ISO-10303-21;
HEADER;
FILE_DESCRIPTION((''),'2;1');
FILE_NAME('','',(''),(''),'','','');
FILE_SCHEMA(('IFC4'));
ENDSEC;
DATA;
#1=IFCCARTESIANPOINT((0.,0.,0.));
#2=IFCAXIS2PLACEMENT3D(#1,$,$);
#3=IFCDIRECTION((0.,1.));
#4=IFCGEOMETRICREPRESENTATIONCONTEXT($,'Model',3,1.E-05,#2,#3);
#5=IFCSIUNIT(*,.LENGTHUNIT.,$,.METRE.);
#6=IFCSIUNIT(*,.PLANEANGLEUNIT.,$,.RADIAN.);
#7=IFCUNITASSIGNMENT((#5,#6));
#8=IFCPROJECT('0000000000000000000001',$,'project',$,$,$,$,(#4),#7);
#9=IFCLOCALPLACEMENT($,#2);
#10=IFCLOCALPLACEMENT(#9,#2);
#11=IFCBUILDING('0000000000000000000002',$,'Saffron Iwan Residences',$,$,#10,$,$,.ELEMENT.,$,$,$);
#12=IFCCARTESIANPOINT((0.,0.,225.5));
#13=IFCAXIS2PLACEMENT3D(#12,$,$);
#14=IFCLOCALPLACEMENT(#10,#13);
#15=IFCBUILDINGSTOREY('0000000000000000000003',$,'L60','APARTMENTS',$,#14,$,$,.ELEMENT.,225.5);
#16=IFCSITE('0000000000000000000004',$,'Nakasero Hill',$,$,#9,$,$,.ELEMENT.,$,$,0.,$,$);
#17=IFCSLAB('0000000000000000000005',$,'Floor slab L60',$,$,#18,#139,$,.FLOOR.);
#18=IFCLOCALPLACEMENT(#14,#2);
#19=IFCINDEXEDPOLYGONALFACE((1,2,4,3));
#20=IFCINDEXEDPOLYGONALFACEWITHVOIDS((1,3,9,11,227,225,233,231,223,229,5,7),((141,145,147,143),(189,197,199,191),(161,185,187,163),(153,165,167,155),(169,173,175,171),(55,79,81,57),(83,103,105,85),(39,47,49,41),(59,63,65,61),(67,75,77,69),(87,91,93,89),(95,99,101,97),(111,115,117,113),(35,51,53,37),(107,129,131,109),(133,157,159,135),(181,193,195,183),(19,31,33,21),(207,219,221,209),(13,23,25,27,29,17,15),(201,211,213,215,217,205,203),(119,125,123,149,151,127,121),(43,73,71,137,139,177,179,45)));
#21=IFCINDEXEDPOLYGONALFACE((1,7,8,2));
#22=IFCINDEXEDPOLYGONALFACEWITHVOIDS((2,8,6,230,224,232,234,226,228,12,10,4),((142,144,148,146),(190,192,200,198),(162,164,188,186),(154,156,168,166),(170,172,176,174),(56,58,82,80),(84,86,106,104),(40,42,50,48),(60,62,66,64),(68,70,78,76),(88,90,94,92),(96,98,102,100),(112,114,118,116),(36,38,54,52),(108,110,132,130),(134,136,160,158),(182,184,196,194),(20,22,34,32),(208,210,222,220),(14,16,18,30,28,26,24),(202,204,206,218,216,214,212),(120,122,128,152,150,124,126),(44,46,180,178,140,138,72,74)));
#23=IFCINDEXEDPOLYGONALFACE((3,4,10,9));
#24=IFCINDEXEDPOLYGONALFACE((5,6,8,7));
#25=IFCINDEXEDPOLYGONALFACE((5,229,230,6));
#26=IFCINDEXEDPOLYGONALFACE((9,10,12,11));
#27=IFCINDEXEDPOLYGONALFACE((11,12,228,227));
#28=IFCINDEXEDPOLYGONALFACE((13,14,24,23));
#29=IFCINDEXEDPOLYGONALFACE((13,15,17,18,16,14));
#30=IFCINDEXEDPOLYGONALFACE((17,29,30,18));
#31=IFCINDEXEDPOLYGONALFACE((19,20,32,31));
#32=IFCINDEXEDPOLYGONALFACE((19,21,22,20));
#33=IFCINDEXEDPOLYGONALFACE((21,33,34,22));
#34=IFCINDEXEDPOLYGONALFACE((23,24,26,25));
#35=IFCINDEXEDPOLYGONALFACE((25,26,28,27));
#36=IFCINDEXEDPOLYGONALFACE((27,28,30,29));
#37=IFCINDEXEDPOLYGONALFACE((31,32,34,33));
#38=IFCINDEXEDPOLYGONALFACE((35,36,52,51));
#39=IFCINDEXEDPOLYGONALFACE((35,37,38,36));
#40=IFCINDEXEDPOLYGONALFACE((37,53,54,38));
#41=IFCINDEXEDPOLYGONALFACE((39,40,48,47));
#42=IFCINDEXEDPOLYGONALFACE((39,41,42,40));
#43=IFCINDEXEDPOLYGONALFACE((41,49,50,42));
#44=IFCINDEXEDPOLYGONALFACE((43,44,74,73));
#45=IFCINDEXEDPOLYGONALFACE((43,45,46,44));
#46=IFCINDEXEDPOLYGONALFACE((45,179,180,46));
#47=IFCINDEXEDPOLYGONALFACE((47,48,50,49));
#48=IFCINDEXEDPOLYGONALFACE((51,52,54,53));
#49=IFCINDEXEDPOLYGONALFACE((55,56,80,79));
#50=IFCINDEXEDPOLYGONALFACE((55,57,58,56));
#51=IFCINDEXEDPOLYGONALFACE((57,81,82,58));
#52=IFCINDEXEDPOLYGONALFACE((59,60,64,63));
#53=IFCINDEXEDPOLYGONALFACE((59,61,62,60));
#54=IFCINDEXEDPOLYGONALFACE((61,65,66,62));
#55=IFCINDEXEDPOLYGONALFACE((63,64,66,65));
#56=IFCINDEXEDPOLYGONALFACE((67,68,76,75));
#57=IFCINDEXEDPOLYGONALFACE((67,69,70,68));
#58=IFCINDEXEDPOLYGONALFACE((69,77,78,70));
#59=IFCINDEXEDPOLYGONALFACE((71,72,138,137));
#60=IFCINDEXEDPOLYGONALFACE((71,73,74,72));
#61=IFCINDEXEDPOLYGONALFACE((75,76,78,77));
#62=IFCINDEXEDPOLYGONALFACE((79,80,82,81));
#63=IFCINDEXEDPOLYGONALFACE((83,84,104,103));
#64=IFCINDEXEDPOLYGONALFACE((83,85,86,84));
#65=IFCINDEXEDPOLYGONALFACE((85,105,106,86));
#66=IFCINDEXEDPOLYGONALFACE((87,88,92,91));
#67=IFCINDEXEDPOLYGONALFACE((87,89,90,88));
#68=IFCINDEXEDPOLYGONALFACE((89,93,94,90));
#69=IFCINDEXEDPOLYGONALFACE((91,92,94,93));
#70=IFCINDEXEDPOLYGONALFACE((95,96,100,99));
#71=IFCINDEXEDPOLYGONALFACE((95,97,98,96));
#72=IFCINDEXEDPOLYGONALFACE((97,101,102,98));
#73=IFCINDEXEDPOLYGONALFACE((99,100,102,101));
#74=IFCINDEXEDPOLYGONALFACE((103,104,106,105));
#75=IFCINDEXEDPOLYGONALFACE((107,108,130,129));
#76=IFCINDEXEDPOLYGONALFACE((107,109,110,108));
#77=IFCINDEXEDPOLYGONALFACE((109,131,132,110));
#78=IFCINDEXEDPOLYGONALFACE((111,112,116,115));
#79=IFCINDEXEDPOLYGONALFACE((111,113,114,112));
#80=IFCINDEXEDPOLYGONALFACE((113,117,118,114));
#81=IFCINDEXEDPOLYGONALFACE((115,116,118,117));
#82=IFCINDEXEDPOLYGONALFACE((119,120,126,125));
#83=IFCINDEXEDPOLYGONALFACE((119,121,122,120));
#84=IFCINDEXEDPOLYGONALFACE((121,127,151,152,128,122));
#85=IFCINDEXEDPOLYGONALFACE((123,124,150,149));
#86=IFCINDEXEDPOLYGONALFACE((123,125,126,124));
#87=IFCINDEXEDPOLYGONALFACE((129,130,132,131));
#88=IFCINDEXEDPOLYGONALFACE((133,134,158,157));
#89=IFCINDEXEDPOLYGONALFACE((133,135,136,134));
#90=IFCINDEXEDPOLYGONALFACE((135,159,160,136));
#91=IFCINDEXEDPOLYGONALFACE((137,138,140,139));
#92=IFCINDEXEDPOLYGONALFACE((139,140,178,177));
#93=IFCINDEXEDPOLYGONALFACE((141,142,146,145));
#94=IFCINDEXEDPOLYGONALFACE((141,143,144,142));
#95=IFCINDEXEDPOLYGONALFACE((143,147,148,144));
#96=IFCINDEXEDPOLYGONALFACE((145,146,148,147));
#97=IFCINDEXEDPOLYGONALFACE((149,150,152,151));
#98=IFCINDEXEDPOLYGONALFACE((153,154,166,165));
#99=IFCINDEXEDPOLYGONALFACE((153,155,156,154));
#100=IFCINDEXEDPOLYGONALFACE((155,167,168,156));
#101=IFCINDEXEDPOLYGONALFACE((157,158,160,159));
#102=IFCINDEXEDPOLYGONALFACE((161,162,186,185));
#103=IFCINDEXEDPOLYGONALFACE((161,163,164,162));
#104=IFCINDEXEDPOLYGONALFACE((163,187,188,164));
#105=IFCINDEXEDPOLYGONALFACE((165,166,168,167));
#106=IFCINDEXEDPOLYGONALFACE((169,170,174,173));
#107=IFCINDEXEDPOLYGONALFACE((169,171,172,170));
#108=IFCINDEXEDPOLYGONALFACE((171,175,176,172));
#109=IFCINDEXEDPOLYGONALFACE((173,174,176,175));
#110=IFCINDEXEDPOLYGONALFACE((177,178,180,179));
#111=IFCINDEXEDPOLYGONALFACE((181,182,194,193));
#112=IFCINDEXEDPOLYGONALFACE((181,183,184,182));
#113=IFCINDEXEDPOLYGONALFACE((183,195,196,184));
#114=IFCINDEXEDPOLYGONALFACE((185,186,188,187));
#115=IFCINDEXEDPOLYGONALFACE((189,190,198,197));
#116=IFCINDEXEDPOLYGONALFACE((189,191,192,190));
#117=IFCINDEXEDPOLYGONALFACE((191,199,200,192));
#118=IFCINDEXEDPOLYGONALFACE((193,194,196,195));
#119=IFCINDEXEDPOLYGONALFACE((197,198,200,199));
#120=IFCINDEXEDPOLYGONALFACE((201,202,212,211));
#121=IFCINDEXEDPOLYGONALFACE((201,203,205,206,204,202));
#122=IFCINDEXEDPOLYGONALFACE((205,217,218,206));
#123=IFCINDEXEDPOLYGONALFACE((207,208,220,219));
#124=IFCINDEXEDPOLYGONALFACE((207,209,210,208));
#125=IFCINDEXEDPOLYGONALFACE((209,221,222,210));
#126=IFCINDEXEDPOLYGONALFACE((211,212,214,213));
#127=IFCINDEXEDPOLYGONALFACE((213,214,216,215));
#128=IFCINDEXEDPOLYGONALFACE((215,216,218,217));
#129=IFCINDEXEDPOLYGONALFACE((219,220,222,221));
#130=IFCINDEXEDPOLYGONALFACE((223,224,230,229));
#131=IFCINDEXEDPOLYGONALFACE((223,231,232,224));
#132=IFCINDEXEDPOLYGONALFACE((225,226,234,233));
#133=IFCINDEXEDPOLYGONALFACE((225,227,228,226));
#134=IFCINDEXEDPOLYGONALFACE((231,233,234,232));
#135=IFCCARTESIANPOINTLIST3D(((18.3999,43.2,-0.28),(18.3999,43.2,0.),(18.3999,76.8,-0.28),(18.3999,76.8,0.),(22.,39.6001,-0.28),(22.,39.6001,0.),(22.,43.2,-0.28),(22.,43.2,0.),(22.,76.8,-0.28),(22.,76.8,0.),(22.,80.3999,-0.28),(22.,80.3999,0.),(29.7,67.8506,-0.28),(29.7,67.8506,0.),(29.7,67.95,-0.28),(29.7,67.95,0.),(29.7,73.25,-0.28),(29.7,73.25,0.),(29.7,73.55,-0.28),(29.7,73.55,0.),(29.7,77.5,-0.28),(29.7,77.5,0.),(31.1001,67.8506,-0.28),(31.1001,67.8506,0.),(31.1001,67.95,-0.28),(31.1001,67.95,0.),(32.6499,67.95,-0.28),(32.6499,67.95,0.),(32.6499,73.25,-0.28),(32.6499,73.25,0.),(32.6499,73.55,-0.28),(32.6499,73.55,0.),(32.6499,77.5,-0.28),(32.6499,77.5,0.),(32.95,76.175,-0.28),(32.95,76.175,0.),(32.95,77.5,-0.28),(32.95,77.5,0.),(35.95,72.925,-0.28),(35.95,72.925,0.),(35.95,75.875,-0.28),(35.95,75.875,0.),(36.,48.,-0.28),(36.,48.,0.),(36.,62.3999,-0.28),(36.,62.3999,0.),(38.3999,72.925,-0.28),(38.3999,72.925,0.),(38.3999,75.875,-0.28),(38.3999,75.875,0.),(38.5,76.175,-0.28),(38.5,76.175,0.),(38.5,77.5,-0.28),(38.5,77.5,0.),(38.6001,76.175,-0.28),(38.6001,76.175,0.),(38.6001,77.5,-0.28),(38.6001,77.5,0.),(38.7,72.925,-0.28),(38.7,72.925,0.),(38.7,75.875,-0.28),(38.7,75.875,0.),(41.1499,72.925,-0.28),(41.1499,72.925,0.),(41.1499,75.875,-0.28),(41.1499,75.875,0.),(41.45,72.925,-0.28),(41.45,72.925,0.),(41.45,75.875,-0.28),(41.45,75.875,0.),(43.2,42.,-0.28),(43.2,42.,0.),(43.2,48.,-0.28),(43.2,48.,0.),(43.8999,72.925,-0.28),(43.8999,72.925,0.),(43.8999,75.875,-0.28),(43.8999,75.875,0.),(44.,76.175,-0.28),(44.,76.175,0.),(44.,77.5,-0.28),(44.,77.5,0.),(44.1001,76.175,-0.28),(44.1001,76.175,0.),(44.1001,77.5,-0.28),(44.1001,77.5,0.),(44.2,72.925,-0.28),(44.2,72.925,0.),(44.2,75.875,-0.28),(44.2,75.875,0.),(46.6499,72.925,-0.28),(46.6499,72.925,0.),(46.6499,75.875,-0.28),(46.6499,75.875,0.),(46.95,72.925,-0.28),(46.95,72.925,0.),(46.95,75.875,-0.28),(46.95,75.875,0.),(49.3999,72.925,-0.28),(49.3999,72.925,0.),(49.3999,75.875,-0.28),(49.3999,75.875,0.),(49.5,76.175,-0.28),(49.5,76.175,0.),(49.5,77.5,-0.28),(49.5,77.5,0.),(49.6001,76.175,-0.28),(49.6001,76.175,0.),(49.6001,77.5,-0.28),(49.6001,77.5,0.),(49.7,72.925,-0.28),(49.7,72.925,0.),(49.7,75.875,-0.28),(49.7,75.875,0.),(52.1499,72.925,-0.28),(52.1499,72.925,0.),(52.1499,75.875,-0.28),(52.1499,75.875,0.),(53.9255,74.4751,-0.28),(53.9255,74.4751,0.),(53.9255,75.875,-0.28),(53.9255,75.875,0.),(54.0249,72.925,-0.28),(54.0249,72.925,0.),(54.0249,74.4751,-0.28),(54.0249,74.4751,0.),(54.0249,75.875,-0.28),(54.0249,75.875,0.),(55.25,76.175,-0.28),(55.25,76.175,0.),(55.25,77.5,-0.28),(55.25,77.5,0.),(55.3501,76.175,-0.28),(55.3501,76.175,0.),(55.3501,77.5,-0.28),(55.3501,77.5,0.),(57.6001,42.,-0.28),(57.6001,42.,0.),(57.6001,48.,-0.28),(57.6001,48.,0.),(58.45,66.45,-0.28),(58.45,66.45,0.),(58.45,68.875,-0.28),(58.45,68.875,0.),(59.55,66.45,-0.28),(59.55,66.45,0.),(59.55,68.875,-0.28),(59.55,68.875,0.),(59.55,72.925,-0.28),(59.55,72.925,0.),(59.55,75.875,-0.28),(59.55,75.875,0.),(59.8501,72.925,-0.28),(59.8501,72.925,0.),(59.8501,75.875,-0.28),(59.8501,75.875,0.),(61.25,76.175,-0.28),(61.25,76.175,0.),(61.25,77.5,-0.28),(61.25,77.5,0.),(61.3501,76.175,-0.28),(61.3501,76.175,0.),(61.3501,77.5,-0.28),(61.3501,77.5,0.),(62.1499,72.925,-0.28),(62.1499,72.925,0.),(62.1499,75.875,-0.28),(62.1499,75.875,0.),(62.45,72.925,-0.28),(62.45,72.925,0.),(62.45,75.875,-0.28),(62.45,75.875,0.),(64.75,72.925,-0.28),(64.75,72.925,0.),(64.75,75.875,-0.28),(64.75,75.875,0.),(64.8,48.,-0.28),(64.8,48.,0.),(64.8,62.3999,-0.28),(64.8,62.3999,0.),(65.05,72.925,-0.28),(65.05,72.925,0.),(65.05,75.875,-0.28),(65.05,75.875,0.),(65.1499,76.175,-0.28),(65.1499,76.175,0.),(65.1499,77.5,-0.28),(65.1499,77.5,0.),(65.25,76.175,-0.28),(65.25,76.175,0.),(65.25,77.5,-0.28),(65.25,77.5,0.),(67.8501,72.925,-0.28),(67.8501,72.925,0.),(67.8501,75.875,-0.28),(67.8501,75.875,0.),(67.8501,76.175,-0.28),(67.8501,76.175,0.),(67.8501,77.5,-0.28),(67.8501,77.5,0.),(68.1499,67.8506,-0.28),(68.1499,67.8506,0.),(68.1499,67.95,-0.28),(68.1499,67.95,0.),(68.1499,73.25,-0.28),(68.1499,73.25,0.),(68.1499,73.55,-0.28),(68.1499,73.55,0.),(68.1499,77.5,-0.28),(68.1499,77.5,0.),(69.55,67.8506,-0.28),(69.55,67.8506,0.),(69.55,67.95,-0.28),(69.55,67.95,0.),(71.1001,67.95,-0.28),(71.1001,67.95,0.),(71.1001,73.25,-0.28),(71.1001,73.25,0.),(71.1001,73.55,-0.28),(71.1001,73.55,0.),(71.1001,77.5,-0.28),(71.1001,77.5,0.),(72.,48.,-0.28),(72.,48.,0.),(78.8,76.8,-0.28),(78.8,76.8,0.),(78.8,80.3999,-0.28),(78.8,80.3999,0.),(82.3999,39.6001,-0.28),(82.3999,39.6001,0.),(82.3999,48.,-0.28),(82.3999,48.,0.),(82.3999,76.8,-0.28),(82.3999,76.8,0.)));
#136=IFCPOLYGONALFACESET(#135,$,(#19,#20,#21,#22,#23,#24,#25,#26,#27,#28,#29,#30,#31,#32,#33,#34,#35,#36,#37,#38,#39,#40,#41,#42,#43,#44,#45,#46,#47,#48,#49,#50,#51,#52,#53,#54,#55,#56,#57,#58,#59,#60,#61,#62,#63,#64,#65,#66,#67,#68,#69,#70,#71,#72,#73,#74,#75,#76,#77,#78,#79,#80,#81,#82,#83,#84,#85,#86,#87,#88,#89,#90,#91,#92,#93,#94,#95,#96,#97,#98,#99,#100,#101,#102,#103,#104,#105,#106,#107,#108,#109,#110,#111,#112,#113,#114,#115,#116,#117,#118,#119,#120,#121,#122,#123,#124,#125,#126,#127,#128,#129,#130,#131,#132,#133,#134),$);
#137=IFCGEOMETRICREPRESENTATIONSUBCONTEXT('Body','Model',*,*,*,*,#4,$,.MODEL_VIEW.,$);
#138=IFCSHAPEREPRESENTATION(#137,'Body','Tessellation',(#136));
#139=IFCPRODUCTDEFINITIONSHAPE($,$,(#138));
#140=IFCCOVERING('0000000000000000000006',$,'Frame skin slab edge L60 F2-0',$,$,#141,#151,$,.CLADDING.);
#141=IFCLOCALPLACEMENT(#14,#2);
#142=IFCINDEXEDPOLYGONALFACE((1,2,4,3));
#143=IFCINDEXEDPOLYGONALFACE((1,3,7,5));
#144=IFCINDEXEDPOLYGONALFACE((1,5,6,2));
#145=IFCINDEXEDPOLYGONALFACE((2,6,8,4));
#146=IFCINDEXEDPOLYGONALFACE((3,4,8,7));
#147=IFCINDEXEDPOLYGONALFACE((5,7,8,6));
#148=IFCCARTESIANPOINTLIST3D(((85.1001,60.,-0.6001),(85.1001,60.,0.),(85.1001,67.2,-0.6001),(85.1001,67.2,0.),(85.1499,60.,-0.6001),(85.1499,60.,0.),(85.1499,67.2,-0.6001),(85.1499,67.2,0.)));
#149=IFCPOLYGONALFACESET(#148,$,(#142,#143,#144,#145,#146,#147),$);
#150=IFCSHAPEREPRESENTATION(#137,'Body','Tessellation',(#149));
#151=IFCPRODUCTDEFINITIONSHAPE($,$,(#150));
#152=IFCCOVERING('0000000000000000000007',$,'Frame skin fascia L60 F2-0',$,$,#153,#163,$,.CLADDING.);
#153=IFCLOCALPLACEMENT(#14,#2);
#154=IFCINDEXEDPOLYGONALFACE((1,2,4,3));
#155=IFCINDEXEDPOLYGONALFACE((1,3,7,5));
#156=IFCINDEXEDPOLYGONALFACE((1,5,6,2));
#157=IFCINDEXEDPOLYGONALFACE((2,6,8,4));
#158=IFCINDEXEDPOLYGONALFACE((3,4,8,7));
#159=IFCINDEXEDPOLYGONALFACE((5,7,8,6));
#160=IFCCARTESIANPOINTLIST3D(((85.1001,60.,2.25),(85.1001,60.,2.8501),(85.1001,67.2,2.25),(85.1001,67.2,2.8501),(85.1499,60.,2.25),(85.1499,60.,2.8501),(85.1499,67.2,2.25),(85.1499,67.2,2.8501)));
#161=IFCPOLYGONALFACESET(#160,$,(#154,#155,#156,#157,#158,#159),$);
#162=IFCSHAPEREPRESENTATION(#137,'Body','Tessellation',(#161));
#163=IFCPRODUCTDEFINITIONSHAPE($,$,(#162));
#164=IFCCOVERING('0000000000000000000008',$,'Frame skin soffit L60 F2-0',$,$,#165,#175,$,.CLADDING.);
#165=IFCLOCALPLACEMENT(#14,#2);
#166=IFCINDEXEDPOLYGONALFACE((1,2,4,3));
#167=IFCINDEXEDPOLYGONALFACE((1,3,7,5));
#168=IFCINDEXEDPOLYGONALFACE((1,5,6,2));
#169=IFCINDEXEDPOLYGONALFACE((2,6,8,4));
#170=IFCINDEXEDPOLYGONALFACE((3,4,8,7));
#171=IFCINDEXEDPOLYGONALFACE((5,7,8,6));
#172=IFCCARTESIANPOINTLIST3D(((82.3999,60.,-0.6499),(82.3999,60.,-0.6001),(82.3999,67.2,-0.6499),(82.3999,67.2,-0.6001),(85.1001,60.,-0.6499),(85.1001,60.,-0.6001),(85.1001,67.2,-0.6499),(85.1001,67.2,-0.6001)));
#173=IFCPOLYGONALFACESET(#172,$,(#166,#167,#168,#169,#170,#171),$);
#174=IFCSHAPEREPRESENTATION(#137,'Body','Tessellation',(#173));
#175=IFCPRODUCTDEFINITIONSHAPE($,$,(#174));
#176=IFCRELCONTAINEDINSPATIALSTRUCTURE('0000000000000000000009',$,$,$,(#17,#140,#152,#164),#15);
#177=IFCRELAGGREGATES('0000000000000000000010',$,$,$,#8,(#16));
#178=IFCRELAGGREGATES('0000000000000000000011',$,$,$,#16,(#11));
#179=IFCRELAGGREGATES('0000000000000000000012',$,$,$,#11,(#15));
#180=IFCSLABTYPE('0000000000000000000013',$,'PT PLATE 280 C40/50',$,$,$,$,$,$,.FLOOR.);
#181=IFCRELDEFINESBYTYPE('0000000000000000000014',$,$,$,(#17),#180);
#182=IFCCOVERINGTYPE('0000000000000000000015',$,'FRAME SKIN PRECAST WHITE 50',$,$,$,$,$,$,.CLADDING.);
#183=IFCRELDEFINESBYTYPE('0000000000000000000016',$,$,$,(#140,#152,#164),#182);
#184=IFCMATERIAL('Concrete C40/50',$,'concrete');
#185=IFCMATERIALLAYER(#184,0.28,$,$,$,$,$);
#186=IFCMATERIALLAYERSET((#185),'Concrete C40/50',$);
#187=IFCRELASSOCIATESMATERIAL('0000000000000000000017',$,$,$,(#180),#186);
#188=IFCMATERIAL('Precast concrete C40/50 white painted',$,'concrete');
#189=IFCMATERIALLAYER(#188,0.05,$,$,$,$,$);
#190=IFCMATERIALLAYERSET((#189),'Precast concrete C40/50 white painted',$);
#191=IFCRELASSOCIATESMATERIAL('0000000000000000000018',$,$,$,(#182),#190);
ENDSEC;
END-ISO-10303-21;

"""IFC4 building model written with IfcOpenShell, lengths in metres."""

from ifc_helpers import new_model, si_unit, direction, frame, origin, place, context, subcontext, project, spatial, polyline, outline, extrude, material, layer, layer_set, type_object, element, save


model = new_model("IFC4")

# Units and contexts
model_context = context("Model", 3, precision=1e-05, world=origin(), true_north=direction((0.0, 1.0)))
body_context = subcontext(model_context, "Body", "Model", "MODEL_VIEW")
ifc_project = project(units=[si_unit("LENGTHUNIT", "METRE"), si_unit("PLANEANGLEUNIT", "RADIAN")], contexts=[model_context])

# Site, building, storey
site_placement = place(None, origin())
site = spatial("IfcSite", under=ifc_project, at=site_placement, Name="Nakasero Hill", CompositionType="ELEMENT", RefElevation=0.0)
building_placement = place(site_placement, origin())
building = spatial("IfcBuilding", under=site, at=building_placement, Name="Saffron Iwan Residences", CompositionType="ELEMENT")
storey_placement = place(building_placement, frame((0.0, 0.0, 225.5)))
storey = spatial("IfcBuildingStorey", under=building, at=storey_placement, Name="L60", Description="APARTMENTS", CompositionType="ELEMENT", Elevation=225.5)

# Slab
ifc_material_1 = material(Name="Concrete C40/50", Category="concrete")
ifc_layer_1 = layer(ifc_material_1, 0.28)
ifc_layer_set_1 = layer_set([ifc_layer_1], Name="Concrete C40/50")
slab_type_1 = type_object("IfcSlabType", Name="PT PLATE 280 C40/50", PredefinedType="FLOOR", material=ifc_layer_set_1)
slab_1_placement = place(storey_placement, frame((0.0, 0.0, -0.28)))
element("IfcSlab", 1, at=slab_1_placement, inside=storey, type_object=slab_type_1, Name="Floor slab L60", PredefinedType="FLOOR", context=body_context, shape_type="SweptSolid", body=[
    extrude(outline(polyline([(18.3999, 43.2), (18.3999, 76.8), (22.0, 76.8), (22.0, 80.3999), (78.8, 80.3999), (78.8, 76.8), (82.3999, 76.8), (82.3999, 48.0), (72.0, 48.0), (82.3999, 39.6001), (22.0, 39.6001), (22.0, 43.2), (18.3999, 43.2)]), holes=[polyline([(64.8, 48.0), (64.8, 62.3999), (36.0, 62.3999), (36.0, 48.0), (43.2, 48.0), (43.2, 42.0), (57.6001, 42.0), (57.6001, 48.0), (64.8, 48.0)]), polyline([(29.7, 73.25), (29.7, 67.95), (29.7, 67.8506), (31.1001, 67.8506), (31.1001, 67.95), (32.6499, 67.95), (32.6499, 73.25), (29.7, 73.25)]), polyline([(38.3999, 75.875), (35.95, 75.875), (35.95, 72.925), (38.3999, 72.925), (38.3999, 75.875)]), polyline([(41.1499, 75.875), (38.7, 75.875), (38.7, 72.925), (41.1499, 72.925), (41.1499, 75.875)]), polyline([(43.8999, 72.925), (43.8999, 75.875), (41.45, 75.875), (41.45, 72.925), (43.8999, 72.925)]), polyline([(46.6499, 72.925), (46.6499, 75.875), (44.2, 75.875), (44.2, 72.925), (46.6499, 72.925)]), polyline([(49.3999, 75.875), (46.95, 75.875), (46.95, 72.925), (49.3999, 72.925), (49.3999, 75.875)]), polyline([(52.1499, 72.925), (52.1499, 75.875), (49.7, 75.875), (49.7, 72.925), (52.1499, 72.925)]), polyline([(32.6499, 73.55), (32.6499, 77.5), (29.7, 77.5), (29.7, 73.55), (32.6499, 73.55)]), polyline([(38.5, 77.5), (32.95, 77.5), (32.95, 76.175), (38.5, 76.175), (38.5, 77.5)]), polyline([(44.0, 76.175), (44.0, 77.5), (38.6001, 77.5), (38.6001, 76.175), (44.0, 76.175)]), polyline([(49.5, 76.175), (49.5, 77.5), (44.1001, 77.5), (44.1001, 76.175), (49.5, 76.175)]), polyline([(59.55, 68.875), (58.45, 68.875), (58.45, 66.45), (59.55, 66.45), (59.55, 68.875)]), polyline([(68.1499, 73.25), (68.1499, 67.95), (68.1499, 67.8506), (69.55, 67.8506), (69.55, 67.95), (71.1001, 67.95), (71.1001, 73.25), (68.1499, 73.25)]), polyline([(54.0249, 74.4751), (54.0249, 72.925), (59.55, 72.925), (59.55, 75.875), (54.0249, 75.875), (53.9255, 75.875), (53.9255, 74.4751), (54.0249, 74.4751)]), polyline([(62.1499, 72.925), (62.1499, 75.875), (59.8501, 75.875), (59.8501, 72.925), (62.1499, 72.925)]), polyline([(64.75, 72.925), (64.75, 75.875), (62.45, 75.875), (62.45, 72.925), (64.75, 72.925)]), polyline([(67.8501, 75.875), (65.05, 75.875), (65.05, 72.925), (67.8501, 72.925), (67.8501, 75.875)]), polyline([(71.1001, 73.55), (71.1001, 77.5), (68.1499, 77.5), (68.1499, 73.55), (71.1001, 73.55)]), polyline([(55.25, 76.175), (55.25, 77.5), (49.6001, 77.5), (49.6001, 76.175), (55.25, 76.175)]), polyline([(61.25, 77.5), (55.3501, 77.5), (55.3501, 76.175), (61.25, 76.175), (61.25, 77.5)]), polyline([(65.1499, 76.175), (65.1499, 77.5), (61.3501, 77.5), (61.3501, 76.175), (65.1499, 76.175)]), polyline([(67.8501, 76.175), (67.8501, 77.5), (65.25, 77.5), (65.25, 76.175), (67.8501, 76.175)])]), origin(), (0.0, 0.0, 1.0), 0.28),
])

# Coverings
ifc_material_2 = material(Name="Precast concrete C40/50 white painted", Category="concrete")
ifc_layer_2 = layer(ifc_material_2, 0.05)
ifc_layer_set_2 = layer_set([ifc_layer_2], Name="Precast concrete C40/50 white painted")
covering_type_1 = type_object("IfcCoveringType", Name="FRAME SKIN PRECAST WHITE 50", PredefinedType="CLADDING", material=ifc_layer_set_2)
for number, where, name in (
    (2, (0.0, 0.0, -0.6001), "Frame skin slab edge L60 F2-0"),
    (3, (0.0, 0.0, 2.25), "Frame skin fascia L60 F2-0"),
):
    element("IfcCovering", number, at=place(storey_placement, frame(where)), inside=storey, type_object=covering_type_1, Name=name, PredefinedType="CLADDING", context=body_context, shape_type="SweptSolid", body=[
        extrude(outline(polyline([(85.1499, 60.0), (85.1499, 67.2), (85.1001, 67.2), (85.1001, 60.0), (85.1499, 60.0)])), origin(), (0.0, 0.0, 1.0), 0.6001),
    ])
covering_1_placement = place(storey_placement, frame((0.0, 0.0, -0.6499)))
element("IfcCovering", 4, at=covering_1_placement, inside=storey, type_object=covering_type_1, Name="Frame skin soffit L60 F2-0", PredefinedType="CLADDING", context=body_context, shape_type="SweptSolid", body=[
    extrude(outline(polyline([(85.1001, 60.0), (85.1001, 67.2), (82.3999, 67.2), (82.3999, 60.0), (85.1001, 60.0)])), origin(), (0.0, 0.0, 1.0), 0.0498),
])

save(model, "model.ifc")
